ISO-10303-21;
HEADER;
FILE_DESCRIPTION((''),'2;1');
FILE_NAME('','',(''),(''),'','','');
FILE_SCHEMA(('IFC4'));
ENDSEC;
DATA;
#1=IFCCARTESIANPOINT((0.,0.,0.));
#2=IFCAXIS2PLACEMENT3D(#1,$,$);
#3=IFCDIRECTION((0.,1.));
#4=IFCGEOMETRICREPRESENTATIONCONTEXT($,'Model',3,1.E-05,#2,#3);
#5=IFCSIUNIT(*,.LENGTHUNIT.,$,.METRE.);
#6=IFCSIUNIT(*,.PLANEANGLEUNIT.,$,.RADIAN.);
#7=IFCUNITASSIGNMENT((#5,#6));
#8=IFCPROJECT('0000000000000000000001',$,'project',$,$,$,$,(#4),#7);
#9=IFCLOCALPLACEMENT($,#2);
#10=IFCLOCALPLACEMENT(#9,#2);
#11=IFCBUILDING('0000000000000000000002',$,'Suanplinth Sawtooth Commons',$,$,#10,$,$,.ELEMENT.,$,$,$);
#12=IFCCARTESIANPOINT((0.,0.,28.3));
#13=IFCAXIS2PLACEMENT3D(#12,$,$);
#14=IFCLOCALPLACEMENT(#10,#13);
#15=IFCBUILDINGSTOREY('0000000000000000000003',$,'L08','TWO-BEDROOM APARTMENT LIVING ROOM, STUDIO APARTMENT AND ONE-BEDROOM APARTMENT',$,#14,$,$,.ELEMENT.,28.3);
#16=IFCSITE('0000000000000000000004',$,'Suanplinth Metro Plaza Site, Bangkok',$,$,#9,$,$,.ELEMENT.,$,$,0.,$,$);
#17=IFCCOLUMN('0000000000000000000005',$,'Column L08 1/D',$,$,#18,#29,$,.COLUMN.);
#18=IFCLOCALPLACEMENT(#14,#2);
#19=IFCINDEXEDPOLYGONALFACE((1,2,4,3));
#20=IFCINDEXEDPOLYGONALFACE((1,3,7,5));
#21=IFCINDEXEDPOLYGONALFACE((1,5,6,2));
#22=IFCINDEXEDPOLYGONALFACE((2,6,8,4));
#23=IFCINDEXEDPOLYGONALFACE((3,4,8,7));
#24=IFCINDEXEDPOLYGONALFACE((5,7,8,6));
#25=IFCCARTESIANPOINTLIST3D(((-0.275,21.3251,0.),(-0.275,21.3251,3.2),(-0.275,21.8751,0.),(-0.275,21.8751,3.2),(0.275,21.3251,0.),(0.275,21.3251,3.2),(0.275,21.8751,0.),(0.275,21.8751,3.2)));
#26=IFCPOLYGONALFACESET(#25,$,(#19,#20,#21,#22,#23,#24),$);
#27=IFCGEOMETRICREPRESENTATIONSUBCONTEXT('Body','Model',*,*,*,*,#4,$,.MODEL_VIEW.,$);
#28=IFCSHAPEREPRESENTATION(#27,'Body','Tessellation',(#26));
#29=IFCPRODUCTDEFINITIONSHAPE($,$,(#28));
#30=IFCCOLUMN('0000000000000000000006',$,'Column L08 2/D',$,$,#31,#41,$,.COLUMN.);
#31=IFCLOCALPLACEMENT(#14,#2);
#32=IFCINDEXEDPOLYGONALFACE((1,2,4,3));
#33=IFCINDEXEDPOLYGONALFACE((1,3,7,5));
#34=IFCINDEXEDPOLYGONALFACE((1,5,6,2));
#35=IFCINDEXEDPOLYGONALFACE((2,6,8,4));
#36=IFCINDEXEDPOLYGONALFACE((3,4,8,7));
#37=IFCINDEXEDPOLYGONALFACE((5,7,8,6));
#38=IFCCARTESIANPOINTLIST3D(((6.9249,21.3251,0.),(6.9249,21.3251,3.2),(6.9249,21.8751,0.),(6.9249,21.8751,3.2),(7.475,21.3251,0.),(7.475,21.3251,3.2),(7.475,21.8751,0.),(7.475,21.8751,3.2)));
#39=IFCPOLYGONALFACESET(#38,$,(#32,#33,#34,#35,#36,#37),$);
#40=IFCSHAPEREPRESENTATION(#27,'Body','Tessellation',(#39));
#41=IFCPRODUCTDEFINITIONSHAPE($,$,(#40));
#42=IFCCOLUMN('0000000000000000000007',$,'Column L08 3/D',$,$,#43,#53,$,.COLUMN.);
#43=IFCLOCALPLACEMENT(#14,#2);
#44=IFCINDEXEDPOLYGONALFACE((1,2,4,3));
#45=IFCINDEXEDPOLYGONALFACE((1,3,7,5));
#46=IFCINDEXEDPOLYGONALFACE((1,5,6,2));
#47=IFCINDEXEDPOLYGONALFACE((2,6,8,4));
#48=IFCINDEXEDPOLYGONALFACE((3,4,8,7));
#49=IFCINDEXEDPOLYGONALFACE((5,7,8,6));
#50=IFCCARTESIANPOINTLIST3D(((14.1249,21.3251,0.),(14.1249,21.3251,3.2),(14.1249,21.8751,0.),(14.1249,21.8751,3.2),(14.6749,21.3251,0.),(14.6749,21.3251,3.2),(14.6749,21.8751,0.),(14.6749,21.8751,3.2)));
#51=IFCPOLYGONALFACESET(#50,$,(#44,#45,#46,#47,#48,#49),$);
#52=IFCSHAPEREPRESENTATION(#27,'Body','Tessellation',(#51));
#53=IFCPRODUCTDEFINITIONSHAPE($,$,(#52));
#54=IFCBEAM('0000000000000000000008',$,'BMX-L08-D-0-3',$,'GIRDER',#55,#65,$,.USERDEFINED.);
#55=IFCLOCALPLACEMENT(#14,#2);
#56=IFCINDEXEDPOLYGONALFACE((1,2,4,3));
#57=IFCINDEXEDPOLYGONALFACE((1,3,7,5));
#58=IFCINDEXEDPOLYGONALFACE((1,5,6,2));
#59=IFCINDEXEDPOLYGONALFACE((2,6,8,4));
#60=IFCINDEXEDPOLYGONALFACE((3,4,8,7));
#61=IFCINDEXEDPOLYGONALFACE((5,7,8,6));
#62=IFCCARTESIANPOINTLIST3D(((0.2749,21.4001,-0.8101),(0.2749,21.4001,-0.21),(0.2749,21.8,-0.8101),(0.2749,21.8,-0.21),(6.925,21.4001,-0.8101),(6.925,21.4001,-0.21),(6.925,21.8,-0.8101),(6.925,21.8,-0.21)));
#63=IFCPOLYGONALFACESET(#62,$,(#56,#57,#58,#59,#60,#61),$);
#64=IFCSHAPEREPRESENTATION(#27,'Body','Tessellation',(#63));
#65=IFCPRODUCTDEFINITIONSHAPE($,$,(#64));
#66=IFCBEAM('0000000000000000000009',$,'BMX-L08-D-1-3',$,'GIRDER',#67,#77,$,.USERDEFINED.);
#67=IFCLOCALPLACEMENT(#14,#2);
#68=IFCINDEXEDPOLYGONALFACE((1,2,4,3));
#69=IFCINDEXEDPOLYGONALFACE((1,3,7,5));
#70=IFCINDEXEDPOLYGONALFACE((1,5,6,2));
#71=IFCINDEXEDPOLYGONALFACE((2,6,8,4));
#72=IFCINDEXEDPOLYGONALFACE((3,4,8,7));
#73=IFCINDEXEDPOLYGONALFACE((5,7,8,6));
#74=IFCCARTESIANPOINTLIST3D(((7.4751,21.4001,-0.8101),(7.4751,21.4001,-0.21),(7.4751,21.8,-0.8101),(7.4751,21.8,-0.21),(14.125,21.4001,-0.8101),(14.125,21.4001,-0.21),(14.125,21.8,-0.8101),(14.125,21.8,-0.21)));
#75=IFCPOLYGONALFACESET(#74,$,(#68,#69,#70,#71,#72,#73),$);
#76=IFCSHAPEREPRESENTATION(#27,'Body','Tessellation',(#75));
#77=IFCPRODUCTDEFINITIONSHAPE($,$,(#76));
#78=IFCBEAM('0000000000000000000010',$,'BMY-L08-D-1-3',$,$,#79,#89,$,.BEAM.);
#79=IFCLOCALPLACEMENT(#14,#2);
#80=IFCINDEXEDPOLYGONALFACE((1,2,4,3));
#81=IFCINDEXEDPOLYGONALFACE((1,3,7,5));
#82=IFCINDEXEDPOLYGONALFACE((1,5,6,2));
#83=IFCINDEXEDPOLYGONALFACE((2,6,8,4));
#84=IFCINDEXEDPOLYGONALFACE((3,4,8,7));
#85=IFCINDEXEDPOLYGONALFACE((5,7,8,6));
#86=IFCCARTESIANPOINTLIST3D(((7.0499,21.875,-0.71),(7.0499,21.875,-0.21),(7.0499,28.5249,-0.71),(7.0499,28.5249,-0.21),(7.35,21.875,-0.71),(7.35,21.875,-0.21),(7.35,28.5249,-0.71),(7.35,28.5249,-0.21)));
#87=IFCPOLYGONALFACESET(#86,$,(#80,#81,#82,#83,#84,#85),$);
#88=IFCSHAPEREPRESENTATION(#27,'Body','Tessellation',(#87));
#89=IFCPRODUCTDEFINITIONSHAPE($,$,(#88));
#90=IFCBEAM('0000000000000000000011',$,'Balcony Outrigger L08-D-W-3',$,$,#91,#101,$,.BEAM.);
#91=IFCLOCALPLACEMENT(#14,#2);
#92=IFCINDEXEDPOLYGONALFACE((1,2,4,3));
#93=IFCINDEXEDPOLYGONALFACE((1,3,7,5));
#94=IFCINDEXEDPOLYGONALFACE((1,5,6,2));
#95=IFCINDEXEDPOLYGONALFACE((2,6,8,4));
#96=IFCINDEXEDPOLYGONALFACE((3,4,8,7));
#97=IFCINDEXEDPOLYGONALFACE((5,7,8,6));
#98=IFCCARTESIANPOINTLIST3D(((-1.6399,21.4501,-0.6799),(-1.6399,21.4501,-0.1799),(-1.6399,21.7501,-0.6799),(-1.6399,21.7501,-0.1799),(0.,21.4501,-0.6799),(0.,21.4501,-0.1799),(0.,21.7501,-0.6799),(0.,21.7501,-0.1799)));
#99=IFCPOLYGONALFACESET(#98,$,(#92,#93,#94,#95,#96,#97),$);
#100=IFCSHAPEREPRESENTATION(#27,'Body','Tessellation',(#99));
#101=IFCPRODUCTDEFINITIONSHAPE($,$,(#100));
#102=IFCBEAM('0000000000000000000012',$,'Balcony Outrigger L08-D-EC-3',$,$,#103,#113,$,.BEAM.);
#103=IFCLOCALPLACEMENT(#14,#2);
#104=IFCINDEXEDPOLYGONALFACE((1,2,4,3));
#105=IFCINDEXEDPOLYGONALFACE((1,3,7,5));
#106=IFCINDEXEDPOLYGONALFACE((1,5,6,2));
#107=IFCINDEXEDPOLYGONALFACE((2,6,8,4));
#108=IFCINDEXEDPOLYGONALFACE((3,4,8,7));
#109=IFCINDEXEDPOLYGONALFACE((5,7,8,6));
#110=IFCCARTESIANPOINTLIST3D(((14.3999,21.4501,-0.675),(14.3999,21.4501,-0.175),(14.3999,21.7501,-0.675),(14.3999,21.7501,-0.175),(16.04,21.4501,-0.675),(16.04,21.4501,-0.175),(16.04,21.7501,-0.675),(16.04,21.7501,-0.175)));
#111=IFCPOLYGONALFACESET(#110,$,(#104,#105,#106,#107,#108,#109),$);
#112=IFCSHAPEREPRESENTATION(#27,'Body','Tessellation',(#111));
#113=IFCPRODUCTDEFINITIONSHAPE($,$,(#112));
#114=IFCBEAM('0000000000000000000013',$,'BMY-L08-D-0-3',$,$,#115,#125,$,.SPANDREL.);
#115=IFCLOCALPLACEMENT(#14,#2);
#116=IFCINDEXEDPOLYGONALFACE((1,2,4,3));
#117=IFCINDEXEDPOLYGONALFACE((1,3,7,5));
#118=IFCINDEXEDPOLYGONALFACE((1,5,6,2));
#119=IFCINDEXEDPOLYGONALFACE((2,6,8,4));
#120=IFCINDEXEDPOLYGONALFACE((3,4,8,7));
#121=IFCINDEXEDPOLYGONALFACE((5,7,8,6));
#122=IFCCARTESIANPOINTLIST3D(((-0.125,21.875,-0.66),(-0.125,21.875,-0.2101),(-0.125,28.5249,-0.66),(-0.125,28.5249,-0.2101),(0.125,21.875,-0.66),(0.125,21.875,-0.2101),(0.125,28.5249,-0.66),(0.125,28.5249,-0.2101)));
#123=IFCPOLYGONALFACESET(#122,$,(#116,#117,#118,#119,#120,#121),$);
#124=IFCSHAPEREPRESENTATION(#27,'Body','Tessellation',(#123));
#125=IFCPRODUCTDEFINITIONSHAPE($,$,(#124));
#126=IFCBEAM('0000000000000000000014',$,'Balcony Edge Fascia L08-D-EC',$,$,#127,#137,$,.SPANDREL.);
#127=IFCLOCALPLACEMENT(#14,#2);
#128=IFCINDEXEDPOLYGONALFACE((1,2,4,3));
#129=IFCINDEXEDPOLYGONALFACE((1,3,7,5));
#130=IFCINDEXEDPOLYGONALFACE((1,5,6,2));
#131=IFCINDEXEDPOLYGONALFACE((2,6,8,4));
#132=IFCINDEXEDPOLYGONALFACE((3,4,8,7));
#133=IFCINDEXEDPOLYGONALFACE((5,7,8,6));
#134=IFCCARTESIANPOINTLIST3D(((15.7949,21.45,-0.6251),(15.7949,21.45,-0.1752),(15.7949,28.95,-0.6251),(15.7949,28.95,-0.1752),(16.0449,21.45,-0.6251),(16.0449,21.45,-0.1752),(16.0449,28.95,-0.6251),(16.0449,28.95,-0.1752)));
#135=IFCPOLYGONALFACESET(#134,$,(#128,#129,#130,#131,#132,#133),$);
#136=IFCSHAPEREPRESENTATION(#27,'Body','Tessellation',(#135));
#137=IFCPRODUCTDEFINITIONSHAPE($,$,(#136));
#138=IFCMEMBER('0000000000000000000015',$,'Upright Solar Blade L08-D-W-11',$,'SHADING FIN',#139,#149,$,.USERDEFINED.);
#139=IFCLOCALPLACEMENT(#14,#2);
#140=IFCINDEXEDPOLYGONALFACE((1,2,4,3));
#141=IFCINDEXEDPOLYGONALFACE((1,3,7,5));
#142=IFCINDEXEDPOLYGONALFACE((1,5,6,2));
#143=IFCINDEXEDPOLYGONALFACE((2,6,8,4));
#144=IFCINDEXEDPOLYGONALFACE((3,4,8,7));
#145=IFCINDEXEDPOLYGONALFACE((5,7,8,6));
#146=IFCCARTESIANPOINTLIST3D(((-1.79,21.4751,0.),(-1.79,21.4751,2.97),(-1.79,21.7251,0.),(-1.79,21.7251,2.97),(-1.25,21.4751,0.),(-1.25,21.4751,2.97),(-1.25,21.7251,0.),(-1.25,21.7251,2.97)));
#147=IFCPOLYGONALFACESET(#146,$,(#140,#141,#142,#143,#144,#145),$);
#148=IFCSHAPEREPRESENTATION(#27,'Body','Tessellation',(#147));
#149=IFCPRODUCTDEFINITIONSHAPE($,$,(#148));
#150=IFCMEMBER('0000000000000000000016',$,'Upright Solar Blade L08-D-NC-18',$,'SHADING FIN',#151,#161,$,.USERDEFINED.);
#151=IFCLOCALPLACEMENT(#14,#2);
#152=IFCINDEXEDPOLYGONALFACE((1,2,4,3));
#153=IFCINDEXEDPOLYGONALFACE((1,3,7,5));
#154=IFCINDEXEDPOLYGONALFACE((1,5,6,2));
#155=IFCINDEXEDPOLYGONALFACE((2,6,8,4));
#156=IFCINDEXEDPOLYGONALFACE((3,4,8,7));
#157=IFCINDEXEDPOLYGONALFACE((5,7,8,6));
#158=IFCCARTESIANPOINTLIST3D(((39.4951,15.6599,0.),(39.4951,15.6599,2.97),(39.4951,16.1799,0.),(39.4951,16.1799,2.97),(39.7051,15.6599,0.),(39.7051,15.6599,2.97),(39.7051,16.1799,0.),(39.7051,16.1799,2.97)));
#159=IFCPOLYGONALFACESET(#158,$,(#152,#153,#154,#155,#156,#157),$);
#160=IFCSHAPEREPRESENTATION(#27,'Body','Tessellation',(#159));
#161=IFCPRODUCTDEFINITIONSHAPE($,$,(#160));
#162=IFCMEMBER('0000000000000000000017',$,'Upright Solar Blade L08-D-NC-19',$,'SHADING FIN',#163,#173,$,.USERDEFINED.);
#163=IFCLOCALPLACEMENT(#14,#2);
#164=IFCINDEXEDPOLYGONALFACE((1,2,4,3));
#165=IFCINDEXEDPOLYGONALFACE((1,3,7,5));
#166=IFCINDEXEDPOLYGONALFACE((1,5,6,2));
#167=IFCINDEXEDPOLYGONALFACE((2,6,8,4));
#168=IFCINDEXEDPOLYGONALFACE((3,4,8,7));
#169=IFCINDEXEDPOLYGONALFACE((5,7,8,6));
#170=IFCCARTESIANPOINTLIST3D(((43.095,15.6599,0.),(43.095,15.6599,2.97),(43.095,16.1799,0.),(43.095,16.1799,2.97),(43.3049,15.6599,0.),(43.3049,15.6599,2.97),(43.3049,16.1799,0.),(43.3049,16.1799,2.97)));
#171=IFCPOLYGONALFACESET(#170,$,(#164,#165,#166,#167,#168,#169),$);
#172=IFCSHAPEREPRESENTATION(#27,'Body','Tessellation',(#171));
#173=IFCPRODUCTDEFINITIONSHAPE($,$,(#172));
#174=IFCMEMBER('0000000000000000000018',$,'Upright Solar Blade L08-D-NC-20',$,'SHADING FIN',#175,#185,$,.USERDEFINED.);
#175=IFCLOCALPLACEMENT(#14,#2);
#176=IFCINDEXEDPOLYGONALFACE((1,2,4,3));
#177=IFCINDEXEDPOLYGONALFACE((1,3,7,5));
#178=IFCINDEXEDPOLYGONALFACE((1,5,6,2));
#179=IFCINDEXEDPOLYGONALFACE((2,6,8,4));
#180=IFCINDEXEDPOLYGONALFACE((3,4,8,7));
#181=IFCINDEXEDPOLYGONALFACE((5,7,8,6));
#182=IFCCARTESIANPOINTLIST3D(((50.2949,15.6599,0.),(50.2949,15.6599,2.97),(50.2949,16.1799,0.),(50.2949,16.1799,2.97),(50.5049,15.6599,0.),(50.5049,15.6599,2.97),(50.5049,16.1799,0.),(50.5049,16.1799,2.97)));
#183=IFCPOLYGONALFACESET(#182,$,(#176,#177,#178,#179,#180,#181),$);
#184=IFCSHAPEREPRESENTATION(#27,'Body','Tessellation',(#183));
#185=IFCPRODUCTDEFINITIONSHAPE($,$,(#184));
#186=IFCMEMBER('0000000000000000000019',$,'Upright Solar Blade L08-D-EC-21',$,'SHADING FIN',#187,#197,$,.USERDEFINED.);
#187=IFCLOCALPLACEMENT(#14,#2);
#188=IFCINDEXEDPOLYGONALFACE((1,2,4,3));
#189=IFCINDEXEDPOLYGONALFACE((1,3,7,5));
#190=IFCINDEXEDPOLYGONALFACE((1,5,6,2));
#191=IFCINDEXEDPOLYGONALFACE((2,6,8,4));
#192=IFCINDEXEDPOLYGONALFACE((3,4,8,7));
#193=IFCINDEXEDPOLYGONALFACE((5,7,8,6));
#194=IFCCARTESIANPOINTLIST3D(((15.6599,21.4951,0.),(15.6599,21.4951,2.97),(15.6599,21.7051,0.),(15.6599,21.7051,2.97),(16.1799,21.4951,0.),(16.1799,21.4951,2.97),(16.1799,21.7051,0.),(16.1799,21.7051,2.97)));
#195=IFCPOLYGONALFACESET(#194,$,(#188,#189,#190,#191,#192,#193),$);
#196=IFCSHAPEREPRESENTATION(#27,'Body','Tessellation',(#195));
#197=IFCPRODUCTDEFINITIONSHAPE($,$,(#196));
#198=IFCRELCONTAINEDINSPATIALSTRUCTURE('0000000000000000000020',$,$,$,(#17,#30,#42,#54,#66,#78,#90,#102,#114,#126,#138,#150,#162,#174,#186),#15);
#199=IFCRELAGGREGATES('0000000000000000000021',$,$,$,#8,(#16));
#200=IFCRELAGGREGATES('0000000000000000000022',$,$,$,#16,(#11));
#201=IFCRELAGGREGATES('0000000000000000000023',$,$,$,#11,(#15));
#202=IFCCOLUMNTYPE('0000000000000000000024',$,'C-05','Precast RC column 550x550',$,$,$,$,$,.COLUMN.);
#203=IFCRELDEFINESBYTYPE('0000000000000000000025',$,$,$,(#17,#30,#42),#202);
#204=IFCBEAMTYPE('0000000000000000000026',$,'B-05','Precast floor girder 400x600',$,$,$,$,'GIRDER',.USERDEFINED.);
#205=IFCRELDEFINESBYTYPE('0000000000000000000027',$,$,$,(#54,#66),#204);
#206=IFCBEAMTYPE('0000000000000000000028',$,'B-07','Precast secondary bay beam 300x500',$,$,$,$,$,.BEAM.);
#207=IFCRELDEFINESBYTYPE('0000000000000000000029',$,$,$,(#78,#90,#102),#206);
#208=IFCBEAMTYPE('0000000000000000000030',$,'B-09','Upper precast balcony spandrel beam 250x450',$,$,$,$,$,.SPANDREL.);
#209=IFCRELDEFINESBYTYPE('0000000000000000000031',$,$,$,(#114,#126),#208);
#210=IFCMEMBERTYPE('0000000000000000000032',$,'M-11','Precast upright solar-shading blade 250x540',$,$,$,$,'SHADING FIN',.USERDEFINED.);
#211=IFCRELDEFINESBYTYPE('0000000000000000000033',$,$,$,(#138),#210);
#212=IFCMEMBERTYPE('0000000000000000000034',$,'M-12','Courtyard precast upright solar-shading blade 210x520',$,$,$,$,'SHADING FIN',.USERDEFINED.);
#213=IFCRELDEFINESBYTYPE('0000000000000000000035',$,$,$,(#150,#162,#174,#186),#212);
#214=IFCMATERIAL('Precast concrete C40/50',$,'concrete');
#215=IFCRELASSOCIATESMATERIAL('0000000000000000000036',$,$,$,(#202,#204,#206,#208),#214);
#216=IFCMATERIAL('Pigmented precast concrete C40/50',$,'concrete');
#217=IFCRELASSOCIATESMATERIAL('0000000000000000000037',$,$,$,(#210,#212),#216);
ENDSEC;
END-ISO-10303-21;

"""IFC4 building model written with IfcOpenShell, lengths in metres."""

from ifc_helpers import new_model, si_unit, direction, frame, origin, origin_2d, place, context, subcontext, project, spatial, rectangle, extrude, material, material_profile, profile_set, type_object, element, save


model = new_model("IFC4")

# Units and contexts
model_context = context("Model", 3, precision=1e-05, world=origin(), true_north=direction((0.0, 1.0)))
body_context = subcontext(model_context, "Body", "Model", "MODEL_VIEW")
ifc_project = project(units=[si_unit("LENGTHUNIT", "METRE"), si_unit("PLANEANGLEUNIT", "RADIAN")], contexts=[model_context])

# Site, building, storey
site_placement = place(None, origin())
site = spatial("IfcSite", under=ifc_project, at=site_placement, Name="Suanplinth Metro Plaza Site, Bangkok", CompositionType="ELEMENT", RefElevation=0.0)
building_placement = place(site_placement, origin())
building = spatial("IfcBuilding", under=site, at=building_placement, Name="Suanplinth Sawtooth Commons", CompositionType="ELEMENT")
storey_placement = place(building_placement, frame((0.0, 0.0, 28.3)))
storey = spatial("IfcBuildingStorey", under=building, at=storey_placement, Name="L08", Description="TWO-BEDROOM APARTMENT LIVING ROOM, STUDIO APARTMENT AND ONE-BEDROOM APARTMENT", CompositionType="ELEMENT", Elevation=28.3)

# Columns
ifc_material_1 = material(Name="Precast concrete C40/50", Category="concrete")
ifc_material_profile_1 = material_profile(ifc_material_1, rectangle(XDim=0.55, YDim=0.55, at=origin_2d()), Name="PC-COL 550x550")
ifc_profile_set_1 = profile_set([ifc_material_profile_1], Name="Precast concrete C40/50")
column_type = type_object("IfcColumnType", Name="C-05", Description="Precast RC column 550x550", PredefinedType="COLUMN", material=ifc_profile_set_1)
for number, where, z_axis, x_axis, name in (
    (1, (0.0, 21.6001, 0.0), (0.0, 0.0, 1.0), (1.0, 0.0, 0.0), "Column L08 1/D"),
    (2, (7.2, 21.6001, 0.0), (0.0, 0.0, 1.0), (1.0, 0.0, 0.0), "Column L08 2/D"),
    (3, (14.3999, 21.6001, 0.0), (0.0, 0.0, 1.0), (1.0, 0.0, 0.0), "Column L08 3/D"),
):
    element("IfcColumn", number, at=place(storey_placement, frame(where, z_axis=z_axis, x_axis=x_axis)), inside=storey, type_object=column_type, Name=name, PredefinedType="COLUMN", context=body_context, shape_type="SweptSolid", body=[
        extrude(rectangle(XDim=0.55, YDim=0.55, at=origin_2d()), origin(), (0.0, 0.0, 1.0), 3.2),
    ])

# Beams
ifc_material_profile_2 = material_profile(ifc_material_1, rectangle(XDim=0.3999, YDim=0.6001, at=origin_2d()), Name="PC-GDR 400x600")
ifc_profile_set_2 = profile_set([ifc_material_profile_2], Name="Precast concrete C40/50")
beam_type_1 = type_object("IfcBeamType", Name="B-05", Description="Precast floor girder 400x600", ElementType="GIRDER", PredefinedType="USERDEFINED", material=ifc_profile_set_2)
beam_1_placement = place(storey_placement, frame((0.2749, 21.6001, -0.51), z_axis=(1.0, 0.0, 0.0), x_axis=(0.0, 1.0, 0.0)))
element("IfcBeam", 4, at=beam_1_placement, inside=storey, type_object=beam_type_1, Name="BMX-L08-D-0-3", ObjectType="GIRDER", PredefinedType="USERDEFINED", context=body_context, shape_type="SweptSolid", body=[
    extrude(rectangle(XDim=0.3999, YDim=0.6001, at=origin_2d()), origin(), (0.0, 0.0, 1.0), 6.6501),
])
beam_2_placement = place(storey_placement, frame((7.4751, 21.6001, -0.51), z_axis=(1.0, 0.0, 0.0), x_axis=(0.0, 1.0, 0.0)))
element("IfcBeam", 5, at=beam_2_placement, inside=storey, type_object=beam_type_1, Name="BMX-L08-D-1-3", ObjectType="GIRDER", PredefinedType="USERDEFINED", context=body_context, shape_type="SweptSolid", body=[
    extrude(rectangle(XDim=0.3999, YDim=0.6001, at=origin_2d()), origin(), (0.0, 0.0, 1.0), 6.6499),
])
ifc_material_profile_3 = material_profile(ifc_material_1, rectangle(XDim=0.3, YDim=0.5, at=origin_2d()), Name="PC-BM 300x500")
ifc_profile_set_3 = profile_set([ifc_material_profile_3], Name="Precast concrete C40/50")
beam_type_2 = type_object("IfcBeamType", Name="B-07", Description="Precast secondary bay beam 300x500", PredefinedType="BEAM", material=ifc_profile_set_3)
beam_3_placement = place(storey_placement, frame((7.2, 21.875, -0.46), z_axis=(0.0, 1.0, 0.0), x_axis=(-1.0, 0.0, 0.0)))
element("IfcBeam", 6, at=beam_3_placement, inside=storey, type_object=beam_type_2, Name="BMY-L08-D-1-3", PredefinedType="BEAM", context=body_context, shape_type="SweptSolid", body=[
    extrude(rectangle(XDim=0.3, YDim=0.5, at=origin_2d()), origin(), (0.0, 0.0, 1.0), 6.6499),
])
beam_4_placement = place(storey_placement, frame((0.0, 21.6001, -0.4299), z_axis=(-1.0, 0.0, 0.0), x_axis=(0.0, -1.0, 0.0)))
element("IfcBeam", 7, at=beam_4_placement, inside=storey, type_object=beam_type_2, Name="Balcony Outrigger L08-D-W-3", PredefinedType="BEAM", context=body_context, shape_type="SweptSolid", body=[
    extrude(rectangle(XDim=0.3, YDim=0.5, at=origin_2d()), origin(), (0.0, 0.0, 1.0), 1.6399),
])
beam_5_placement = place(storey_placement, frame((14.3999, 21.6001, -0.425), z_axis=(1.0, 0.0, 0.0), x_axis=(0.0, 1.0, 0.0)))
element("IfcBeam", 8, at=beam_5_placement, inside=storey, type_object=beam_type_2, Name="Balcony Outrigger L08-D-EC-3", PredefinedType="BEAM", context=body_context, shape_type="SweptSolid", body=[
    extrude(rectangle(XDim=0.3, YDim=0.5, at=origin_2d()), origin(), (0.0, 0.0, 1.0), 1.6401),
])
ifc_material_profile_4 = material_profile(ifc_material_1, rectangle(XDim=0.25, YDim=0.45, at=origin_2d()), Name="PC-SP 250x450")
ifc_profile_set_4 = profile_set([ifc_material_profile_4], Name="Precast concrete C40/50")
beam_type_3 = type_object("IfcBeamType", Name="B-09", Description="Upper precast balcony spandrel beam 250x450", PredefinedType="SPANDREL", material=ifc_profile_set_4)
beam_6_placement = place(storey_placement, frame((0.0, 21.875, -0.4351), z_axis=(0.0, 1.0, 0.0), x_axis=(-1.0, 0.0, 0.0)))
element("IfcBeam", 9, at=beam_6_placement, inside=storey, type_object=beam_type_3, Name="BMY-L08-D-0-3", PredefinedType="SPANDREL", context=body_context, shape_type="SweptSolid", body=[
    extrude(rectangle(XDim=0.25, YDim=0.45, at=origin_2d()), origin(), (0.0, 0.0, 1.0), 6.6499),
])
beam_7_placement = place(storey_placement, frame((15.9199, 21.45, -0.4001), z_axis=(0.0, 1.0, 0.0), x_axis=(-1.0, 0.0, 0.0)))
element("IfcBeam", 10, at=beam_7_placement, inside=storey, type_object=beam_type_3, Name="Balcony Edge Fascia L08-D-EC", PredefinedType="SPANDREL", context=body_context, shape_type="SweptSolid", body=[
    extrude(rectangle(XDim=0.25, YDim=0.45, at=origin_2d()), origin(), (0.0, 0.0, 1.0), 7.5),
])

# Members
ifc_material_2 = material(Name="Pigmented precast concrete C40/50", Category="concrete")
ifc_material_profile_5 = material_profile(ifc_material_2, rectangle(XDim=0.25, YDim=0.54, at=origin_2d()), Name="PC-FIN 250x540")
ifc_profile_set_5 = profile_set([ifc_material_profile_5], Name="Pigmented precast concrete C40/50")
member_type_1 = type_object("IfcMemberType", Name="M-11", Description="Precast upright solar-shading blade 250x540", ElementType="SHADING FIN", PredefinedType="USERDEFINED", material=ifc_profile_set_5)
member_placement = place(storey_placement, frame((-1.52, 21.6001, 0.0), z_axis=(0.0, 0.0, 1.0), x_axis=(0.0, 1.0, 0.0)))
element("IfcMember", 11, at=member_placement, inside=storey, type_object=member_type_1, Name="Upright Solar Blade L08-D-W-11", ObjectType="SHADING FIN", PredefinedType="USERDEFINED", context=body_context, shape_type="SweptSolid", body=[
    extrude(rectangle(XDim=0.25, YDim=0.54, at=origin_2d()), origin(), (0.0, 0.0, 1.0), 2.97),
])
ifc_material_profile_6 = material_profile(ifc_material_2, rectangle(XDim=0.21, YDim=0.52, at=origin_2d()), Name="PC-FIN 210x520")
ifc_profile_set_6 = profile_set([ifc_material_profile_6], Name="Pigmented precast concrete C40/50")
member_type_2 = type_object("IfcMemberType", Name="M-12", Description="Courtyard precast upright solar-shading blade 210x520", ElementType="SHADING FIN", PredefinedType="USERDEFINED", material=ifc_profile_set_6)
for number, where, z_axis, x_axis, name in (
    (12, (39.6001, 15.9199, 0.0), (0.0, 0.0, 1.0), (1.0, 0.0, 0.0), "Upright Solar Blade L08-D-NC-18"),
    (13, (43.2, 15.9199, 0.0), (0.0, 0.0, 1.0), (1.0, 0.0, 0.0), "Upright Solar Blade L08-D-NC-19"),
    (14, (50.3999, 15.9199, 0.0), (0.0, 0.0, 1.0), (1.0, 0.0, 0.0), "Upright Solar Blade L08-D-NC-20"),
    (15, (15.9199, 21.6001, 0.0), (0.0, 0.0, 1.0), (0.0, 1.0, 0.0), "Upright Solar Blade L08-D-EC-21"),
):
    element("IfcMember", number, at=place(storey_placement, frame(where, z_axis=z_axis, x_axis=x_axis)), inside=storey, type_object=member_type_2, Name=name, ObjectType="SHADING FIN", PredefinedType="USERDEFINED", context=body_context, shape_type="SweptSolid", body=[
        extrude(rectangle(XDim=0.21, YDim=0.52, at=origin_2d()), origin(), (0.0, 0.0, 1.0), 2.97),
    ])

save(model, "model.ifc")
